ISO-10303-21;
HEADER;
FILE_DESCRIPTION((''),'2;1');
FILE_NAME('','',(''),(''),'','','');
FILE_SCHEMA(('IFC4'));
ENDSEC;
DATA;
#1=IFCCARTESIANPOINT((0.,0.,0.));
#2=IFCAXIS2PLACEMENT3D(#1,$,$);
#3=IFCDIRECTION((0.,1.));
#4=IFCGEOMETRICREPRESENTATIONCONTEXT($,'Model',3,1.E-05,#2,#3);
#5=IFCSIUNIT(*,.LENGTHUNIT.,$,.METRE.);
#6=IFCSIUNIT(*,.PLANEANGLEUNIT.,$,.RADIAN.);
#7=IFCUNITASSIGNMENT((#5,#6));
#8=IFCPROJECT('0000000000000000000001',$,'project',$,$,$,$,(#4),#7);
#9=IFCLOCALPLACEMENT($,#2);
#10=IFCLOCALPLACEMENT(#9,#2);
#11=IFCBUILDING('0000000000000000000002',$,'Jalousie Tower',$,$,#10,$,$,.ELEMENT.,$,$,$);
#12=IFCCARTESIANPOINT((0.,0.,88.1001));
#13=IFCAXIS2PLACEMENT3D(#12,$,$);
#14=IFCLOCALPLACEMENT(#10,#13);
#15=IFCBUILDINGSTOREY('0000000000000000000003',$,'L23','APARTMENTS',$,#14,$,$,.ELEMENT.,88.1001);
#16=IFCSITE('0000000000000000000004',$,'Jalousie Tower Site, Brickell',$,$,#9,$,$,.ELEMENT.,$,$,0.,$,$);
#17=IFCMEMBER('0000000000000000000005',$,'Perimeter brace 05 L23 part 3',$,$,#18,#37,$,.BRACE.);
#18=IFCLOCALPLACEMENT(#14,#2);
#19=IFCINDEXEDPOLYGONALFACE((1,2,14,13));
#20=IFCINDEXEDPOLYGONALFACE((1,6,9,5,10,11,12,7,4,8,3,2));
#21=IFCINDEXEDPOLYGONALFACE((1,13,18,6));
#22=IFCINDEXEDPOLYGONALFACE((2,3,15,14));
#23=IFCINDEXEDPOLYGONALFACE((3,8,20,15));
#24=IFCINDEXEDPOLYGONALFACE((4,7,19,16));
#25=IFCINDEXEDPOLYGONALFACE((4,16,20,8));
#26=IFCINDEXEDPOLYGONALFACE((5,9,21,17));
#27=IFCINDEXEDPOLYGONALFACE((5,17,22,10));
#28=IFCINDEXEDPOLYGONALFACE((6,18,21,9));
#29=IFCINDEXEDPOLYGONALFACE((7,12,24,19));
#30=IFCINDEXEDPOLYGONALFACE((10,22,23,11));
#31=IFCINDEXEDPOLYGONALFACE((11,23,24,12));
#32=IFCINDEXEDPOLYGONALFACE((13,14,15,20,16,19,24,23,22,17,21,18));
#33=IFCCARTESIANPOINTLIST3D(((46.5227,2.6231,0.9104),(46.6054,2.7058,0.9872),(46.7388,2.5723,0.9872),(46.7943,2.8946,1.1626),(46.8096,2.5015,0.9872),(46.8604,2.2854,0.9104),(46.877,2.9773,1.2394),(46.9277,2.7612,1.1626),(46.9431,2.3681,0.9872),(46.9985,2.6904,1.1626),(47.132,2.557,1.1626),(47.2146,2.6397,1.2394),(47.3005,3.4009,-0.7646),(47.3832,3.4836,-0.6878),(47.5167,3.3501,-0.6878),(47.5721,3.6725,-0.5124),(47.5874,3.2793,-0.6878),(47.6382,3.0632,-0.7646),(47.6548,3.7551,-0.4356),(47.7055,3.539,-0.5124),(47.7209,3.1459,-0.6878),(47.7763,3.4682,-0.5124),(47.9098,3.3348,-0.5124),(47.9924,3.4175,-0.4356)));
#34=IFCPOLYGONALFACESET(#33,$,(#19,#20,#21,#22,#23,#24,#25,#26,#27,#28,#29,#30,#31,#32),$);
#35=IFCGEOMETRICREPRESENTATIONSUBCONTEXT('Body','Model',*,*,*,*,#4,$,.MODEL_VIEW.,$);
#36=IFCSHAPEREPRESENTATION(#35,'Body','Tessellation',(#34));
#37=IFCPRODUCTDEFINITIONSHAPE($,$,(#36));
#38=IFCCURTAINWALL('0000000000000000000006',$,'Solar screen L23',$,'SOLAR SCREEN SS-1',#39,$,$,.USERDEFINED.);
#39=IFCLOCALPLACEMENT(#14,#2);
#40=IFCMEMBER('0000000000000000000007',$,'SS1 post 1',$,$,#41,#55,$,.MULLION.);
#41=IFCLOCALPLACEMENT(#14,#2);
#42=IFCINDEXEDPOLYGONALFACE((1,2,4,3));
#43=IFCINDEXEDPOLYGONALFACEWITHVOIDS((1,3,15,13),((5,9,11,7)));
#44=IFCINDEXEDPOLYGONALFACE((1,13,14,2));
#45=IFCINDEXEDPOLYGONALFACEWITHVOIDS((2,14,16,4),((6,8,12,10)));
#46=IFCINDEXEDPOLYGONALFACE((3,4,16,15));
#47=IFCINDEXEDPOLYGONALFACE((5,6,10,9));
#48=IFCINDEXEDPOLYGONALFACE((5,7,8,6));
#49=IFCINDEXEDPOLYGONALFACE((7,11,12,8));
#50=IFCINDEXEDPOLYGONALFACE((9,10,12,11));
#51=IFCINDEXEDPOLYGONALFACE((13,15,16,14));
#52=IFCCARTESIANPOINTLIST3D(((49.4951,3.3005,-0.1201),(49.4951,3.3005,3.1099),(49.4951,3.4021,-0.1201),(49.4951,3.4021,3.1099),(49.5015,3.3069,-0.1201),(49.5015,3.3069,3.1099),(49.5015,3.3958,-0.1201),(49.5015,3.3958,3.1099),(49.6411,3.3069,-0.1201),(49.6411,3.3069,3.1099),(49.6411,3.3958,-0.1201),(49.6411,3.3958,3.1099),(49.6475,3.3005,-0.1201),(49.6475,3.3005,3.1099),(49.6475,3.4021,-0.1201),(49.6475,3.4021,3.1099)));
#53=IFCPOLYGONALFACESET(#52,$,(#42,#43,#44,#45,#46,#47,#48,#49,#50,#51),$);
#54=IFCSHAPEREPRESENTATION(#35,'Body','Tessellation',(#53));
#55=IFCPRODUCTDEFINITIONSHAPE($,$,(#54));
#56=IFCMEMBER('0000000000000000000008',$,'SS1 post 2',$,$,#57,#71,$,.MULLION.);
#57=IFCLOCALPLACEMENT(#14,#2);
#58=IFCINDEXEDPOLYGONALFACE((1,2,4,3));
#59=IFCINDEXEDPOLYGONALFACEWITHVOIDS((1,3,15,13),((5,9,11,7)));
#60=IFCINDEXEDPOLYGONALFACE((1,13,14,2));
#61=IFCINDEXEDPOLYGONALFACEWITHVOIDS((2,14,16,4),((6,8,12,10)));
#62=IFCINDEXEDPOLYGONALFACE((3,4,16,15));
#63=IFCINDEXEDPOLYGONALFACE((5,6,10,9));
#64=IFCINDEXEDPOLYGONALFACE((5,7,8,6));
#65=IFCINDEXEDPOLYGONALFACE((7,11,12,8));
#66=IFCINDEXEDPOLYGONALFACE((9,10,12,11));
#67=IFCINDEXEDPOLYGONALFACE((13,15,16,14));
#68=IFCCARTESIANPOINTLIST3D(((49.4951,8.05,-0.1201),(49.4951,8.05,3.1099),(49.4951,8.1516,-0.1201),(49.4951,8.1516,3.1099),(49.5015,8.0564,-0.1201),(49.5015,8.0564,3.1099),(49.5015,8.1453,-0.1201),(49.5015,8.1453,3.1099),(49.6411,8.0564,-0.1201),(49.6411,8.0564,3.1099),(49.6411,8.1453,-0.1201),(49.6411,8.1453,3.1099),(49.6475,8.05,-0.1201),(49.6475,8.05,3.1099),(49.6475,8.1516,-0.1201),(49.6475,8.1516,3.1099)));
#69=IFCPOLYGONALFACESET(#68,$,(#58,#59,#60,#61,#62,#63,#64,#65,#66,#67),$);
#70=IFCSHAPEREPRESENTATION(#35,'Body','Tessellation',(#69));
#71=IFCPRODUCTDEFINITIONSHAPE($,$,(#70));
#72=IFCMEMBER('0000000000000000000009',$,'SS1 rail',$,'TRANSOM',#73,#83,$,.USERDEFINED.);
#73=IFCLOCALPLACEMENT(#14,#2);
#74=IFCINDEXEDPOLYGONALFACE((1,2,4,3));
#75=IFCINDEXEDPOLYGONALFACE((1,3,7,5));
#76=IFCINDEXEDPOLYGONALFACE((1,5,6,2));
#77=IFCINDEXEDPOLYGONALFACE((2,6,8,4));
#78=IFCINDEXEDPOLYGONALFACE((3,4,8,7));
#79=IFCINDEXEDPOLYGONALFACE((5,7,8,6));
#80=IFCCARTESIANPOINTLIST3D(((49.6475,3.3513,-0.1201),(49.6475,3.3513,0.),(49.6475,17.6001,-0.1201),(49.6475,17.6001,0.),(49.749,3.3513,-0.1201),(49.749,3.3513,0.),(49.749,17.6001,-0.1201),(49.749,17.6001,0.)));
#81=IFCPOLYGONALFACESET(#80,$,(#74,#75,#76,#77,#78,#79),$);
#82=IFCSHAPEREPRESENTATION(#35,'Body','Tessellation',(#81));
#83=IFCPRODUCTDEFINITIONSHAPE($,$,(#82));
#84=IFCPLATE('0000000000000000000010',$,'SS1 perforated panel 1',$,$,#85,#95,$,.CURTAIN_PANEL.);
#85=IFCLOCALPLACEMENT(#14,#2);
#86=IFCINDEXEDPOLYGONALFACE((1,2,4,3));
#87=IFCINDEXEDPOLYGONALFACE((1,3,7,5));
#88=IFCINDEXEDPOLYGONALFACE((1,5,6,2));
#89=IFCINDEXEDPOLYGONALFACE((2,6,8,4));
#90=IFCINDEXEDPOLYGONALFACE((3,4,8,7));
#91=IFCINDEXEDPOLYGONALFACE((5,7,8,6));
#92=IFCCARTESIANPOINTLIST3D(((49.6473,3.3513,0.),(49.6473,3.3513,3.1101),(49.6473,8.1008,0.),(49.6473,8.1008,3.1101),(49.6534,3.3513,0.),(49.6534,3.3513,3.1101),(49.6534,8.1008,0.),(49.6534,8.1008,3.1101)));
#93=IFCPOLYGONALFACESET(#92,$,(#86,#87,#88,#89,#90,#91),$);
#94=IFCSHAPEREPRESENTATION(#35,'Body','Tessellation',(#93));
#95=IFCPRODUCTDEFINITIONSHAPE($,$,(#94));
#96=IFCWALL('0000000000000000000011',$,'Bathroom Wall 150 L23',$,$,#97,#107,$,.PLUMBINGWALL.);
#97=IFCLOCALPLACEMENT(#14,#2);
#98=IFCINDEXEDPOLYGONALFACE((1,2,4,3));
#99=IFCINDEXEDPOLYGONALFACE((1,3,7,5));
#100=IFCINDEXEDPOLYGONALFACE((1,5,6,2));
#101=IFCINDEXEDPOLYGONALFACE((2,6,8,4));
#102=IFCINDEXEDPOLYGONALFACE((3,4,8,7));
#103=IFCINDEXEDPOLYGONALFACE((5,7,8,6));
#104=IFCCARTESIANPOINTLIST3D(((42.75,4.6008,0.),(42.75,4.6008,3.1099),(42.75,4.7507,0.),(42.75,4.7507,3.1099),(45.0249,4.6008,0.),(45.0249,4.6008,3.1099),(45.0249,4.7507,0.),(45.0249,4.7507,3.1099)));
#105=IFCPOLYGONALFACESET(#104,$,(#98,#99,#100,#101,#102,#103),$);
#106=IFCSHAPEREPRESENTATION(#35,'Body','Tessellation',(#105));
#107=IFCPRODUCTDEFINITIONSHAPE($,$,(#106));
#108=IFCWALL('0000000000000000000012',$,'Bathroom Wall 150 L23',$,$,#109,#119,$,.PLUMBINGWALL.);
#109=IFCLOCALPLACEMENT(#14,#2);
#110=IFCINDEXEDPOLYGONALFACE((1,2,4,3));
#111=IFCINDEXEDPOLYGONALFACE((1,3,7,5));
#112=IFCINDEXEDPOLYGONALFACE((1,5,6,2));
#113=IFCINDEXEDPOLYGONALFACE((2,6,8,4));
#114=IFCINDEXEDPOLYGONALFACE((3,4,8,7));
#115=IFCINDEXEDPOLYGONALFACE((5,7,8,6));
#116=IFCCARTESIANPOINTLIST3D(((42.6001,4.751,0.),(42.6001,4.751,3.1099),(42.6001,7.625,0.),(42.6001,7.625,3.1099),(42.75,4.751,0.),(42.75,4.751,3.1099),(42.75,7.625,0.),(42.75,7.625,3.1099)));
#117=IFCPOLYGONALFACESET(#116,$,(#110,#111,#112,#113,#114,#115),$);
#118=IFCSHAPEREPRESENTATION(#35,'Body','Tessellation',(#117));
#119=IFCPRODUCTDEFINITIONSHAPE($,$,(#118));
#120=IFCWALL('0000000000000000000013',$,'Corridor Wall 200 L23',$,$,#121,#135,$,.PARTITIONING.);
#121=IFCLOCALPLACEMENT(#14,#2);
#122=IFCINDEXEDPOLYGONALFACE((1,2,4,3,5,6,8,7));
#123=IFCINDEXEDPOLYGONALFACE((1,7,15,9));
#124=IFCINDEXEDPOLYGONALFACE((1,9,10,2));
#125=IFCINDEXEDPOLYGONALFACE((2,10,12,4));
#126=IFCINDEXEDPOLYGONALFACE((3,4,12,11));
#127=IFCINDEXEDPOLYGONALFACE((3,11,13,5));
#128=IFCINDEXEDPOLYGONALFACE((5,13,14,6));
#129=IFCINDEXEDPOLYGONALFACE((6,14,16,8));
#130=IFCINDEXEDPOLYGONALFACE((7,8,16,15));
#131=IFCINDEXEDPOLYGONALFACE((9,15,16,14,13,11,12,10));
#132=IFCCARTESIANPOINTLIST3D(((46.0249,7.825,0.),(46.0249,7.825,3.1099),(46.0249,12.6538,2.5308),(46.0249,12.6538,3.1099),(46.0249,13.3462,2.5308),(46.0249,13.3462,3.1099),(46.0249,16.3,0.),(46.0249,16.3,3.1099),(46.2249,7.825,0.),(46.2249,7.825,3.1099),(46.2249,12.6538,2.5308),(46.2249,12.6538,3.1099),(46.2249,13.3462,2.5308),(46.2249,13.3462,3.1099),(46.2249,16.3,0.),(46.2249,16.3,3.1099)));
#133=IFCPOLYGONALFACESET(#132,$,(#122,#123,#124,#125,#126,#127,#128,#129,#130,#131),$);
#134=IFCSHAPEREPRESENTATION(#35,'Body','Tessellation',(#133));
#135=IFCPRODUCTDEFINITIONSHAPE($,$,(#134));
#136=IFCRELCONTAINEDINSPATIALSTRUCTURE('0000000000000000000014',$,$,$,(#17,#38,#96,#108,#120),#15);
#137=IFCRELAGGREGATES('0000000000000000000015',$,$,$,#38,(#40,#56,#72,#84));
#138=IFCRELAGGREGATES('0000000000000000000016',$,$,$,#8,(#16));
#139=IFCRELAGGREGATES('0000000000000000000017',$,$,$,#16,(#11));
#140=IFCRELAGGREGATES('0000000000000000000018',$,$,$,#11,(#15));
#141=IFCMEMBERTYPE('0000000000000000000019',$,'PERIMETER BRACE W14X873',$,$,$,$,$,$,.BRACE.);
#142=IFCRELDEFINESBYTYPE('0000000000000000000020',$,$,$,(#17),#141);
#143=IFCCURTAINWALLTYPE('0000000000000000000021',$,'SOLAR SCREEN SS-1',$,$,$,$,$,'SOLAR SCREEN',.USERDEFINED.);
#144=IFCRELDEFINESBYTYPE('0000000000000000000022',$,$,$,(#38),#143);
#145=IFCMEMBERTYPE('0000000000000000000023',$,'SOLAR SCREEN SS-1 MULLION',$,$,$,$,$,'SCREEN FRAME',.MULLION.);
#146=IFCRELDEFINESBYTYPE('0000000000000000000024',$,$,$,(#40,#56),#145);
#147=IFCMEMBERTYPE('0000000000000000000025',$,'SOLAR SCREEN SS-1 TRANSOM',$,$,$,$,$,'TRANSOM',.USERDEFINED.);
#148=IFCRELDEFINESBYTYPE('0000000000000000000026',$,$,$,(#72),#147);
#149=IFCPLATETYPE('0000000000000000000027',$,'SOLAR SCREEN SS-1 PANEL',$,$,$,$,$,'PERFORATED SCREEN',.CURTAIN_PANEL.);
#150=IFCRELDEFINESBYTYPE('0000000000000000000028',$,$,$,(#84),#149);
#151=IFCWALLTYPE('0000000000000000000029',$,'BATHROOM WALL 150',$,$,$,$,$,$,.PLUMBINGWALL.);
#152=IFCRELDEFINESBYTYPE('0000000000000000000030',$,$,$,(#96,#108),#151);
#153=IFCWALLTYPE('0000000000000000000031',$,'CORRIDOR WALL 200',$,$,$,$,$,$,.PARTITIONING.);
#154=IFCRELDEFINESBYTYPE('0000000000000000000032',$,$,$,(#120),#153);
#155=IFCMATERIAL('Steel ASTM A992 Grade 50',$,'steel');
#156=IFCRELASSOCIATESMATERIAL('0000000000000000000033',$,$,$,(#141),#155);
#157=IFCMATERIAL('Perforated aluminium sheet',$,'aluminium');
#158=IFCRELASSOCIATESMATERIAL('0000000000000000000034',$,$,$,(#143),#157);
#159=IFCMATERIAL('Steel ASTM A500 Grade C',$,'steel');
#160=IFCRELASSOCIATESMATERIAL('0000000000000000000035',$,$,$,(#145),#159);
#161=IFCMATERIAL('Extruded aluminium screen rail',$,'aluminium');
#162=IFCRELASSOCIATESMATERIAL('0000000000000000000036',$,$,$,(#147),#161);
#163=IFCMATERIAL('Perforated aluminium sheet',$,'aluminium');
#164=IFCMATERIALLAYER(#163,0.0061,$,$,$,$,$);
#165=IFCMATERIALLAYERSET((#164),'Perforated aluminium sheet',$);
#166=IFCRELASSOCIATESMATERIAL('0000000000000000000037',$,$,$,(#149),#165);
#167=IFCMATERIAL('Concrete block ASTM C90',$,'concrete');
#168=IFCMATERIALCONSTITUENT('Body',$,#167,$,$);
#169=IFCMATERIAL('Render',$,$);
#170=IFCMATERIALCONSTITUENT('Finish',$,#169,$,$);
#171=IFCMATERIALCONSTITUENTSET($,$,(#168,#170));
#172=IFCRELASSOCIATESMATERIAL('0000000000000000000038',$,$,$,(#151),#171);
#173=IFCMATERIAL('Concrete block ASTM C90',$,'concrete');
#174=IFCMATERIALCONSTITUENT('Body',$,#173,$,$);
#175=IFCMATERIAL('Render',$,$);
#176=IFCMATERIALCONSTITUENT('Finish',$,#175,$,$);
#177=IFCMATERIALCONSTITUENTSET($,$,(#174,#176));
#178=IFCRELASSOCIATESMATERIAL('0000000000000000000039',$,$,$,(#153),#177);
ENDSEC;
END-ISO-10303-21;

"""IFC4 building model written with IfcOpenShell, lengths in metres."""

from ifc_helpers import new_model, si_unit, direction, frame, frame_2d, origin, origin_2d, place, context, subcontext, project, spatial, polyline, rectangle, hollow_rectangle, i_section, outline, extrude, material, layer, layer_set, constituent, constituent_set, material_profile, profile_set, type_object, element, aggregate, save


model = new_model("IFC4")

# Units and contexts
model_context = context("Model", 3, precision=1e-05, world=origin(), true_north=direction((0.0, 1.0)))
body_context = subcontext(model_context, "Body", "Model", "MODEL_VIEW")
ifc_project = project(units=[si_unit("LENGTHUNIT", "METRE"), si_unit("PLANEANGLEUNIT", "RADIAN")], contexts=[model_context])

# Site, building, storey
site_placement = place(None, origin())
site = spatial("IfcSite", under=ifc_project, at=site_placement, Name="Jalousie Tower Site, Brickell", CompositionType="ELEMENT", RefElevation=0.0)
building_placement = place(site_placement, origin())
building = spatial("IfcBuilding", under=site, at=building_placement, Name="Jalousie Tower", CompositionType="ELEMENT")
storey_placement = place(building_placement, frame((0.0, 0.0, 88.1001)))
storey = spatial("IfcBuildingStorey", under=building, at=storey_placement, Name="L23", Description="APARTMENTS", CompositionType="ELEMENT", Elevation=88.1001)

# Member
ifc_material_1 = material(Name="Steel ASTM A992 Grade 50", Category="steel")
ifc_material_profile_1 = material_profile(ifc_material_1, i_section(OverallWidth=0.4775, OverallDepth=0.5994, WebThickness=0.1001, FlangeThickness=0.1399, at=origin_2d()), Name="W14X873")
ifc_profile_set_1 = profile_set([ifc_material_profile_1], Name="Steel ASTM A992 Grade 50")
member_type_1 = type_object("IfcMemberType", Name="PERIMETER BRACE W14X873", PredefinedType="BRACE", material=ifc_profile_set_1)
member_1_placement = place(storey_placement, frame((47.6465, 3.4092, -0.6001), z_axis=(-0.388149, -0.388149, 0.835872), x_axis=(0.707107, -0.707107, 0.0)))
element("IfcMember", 1, at=member_1_placement, inside=storey, type_object=member_type_1, Name="Perimeter brace 05 L23 part 3", PredefinedType="BRACE", context=body_context, shape_type="SweptSolid", body=[
    extrude(i_section(OverallWidth=0.4775, OverallDepth=0.5994, WebThickness=0.1001, FlangeThickness=0.1399, at=origin_2d()), origin(), (0.0, 0.0, 1.0), 2.0039),
])

# Curtain wall, members, plate
ifc_material_2 = material(Name="Perforated aluminium sheet", Category="aluminium")
curtain_wall_type = type_object("IfcCurtainWallType", Name="SOLAR SCREEN SS-1", ElementType="SOLAR SCREEN", PredefinedType="USERDEFINED", material=ifc_material_2)
curtain_wall_placement = place(storey_placement, origin())
curtain_wall = element("IfcCurtainWall", 2, at=curtain_wall_placement, inside=storey, type_object=curtain_wall_type, Name="Solar screen L23", ObjectType="SOLAR SCREEN SS-1", PredefinedType="USERDEFINED")
ifc_material_3 = material(Name="Steel ASTM A500 Grade C", Category="steel")
ifc_material_profile_2 = material_profile(ifc_material_3, hollow_rectangle(XDim=0.1016, YDim=0.1523, WallThickness=0.0063, at=origin_2d()), Name="HSS6X4X1/4")
ifc_profile_set_2 = profile_set([ifc_material_profile_2], Name="Steel ASTM A500 Grade C")
member_type_2 = type_object("IfcMemberType", Name="SOLAR SCREEN SS-1 MULLION", ElementType="SCREEN FRAME", PredefinedType="MULLION", material=ifc_profile_set_2)
member_2_placement = place(storey_placement, frame((49.5713, 3.3513, -0.1201), z_axis=(0.0, 0.0, 1.0), x_axis=(0.0, 1.0, 0.0)))
member_2 = element("IfcMember", 3, at=member_2_placement, type_object=member_type_2, Name="SS1 post 1", PredefinedType="MULLION", context=body_context, shape_type="SweptSolid", body=[
    extrude(hollow_rectangle(XDim=0.1016, YDim=0.1523, WallThickness=0.0063, at=origin_2d()), origin(), (0.0, 0.0, 1.0), 3.23),
])
member_3_placement = place(storey_placement, frame((49.5713, 8.1008, -0.1201), z_axis=(0.0, 0.0, 1.0), x_axis=(0.0, 1.0, 0.0)))
member_3 = element("IfcMember", 4, at=member_3_placement, type_object=member_type_2, Name="SS1 post 2", PredefinedType="MULLION", context=body_context, shape_type="SweptSolid", body=[
    extrude(hollow_rectangle(XDim=0.1016, YDim=0.1523, WallThickness=0.0063, at=origin_2d()), origin(), (0.0, 0.0, 1.0), 3.23),
])
ifc_material_4 = material(Name="Extruded aluminium screen rail", Category="aluminium")
ifc_material_profile_3 = material_profile(ifc_material_4, rectangle(XDim=0.1016, YDim=0.1201, at=origin_2d()), Name="RAIL 102x120")
ifc_profile_set_3 = profile_set([ifc_material_profile_3], Name="Extruded aluminium screen rail")
member_type_3 = type_object("IfcMemberType", Name="SOLAR SCREEN SS-1 TRANSOM", ElementType="TRANSOM", PredefinedType="USERDEFINED", material=ifc_profile_set_3)
member_4_placement = place(storey_placement, frame((49.6982, 3.3513, -0.0601), z_axis=(0.0, 1.0, 0.0), x_axis=(-1.0, 0.0, 0.0)))
member_4 = element("IfcMember", 5, at=member_4_placement, type_object=member_type_3, Name="SS1 rail", ObjectType="TRANSOM", PredefinedType="USERDEFINED", context=body_context, shape_type="SweptSolid", body=[
    extrude(rectangle(XDim=0.1016, YDim=0.1201, at=origin_2d()), origin(), (0.0, 0.0, 1.0), 14.2488),
])
ifc_material_5 = material(Name="Perforated aluminium sheet", Category="aluminium")
ifc_layer = layer(ifc_material_5, 0.0061)
ifc_layer_set = layer_set([ifc_layer], Name="Perforated aluminium sheet")
plate_type = type_object("IfcPlateType", Name="SOLAR SCREEN SS-1 PANEL", ElementType="PERFORATED SCREEN", PredefinedType="CURTAIN_PANEL", material=ifc_layer_set)
plate_placement = place(storey_placement, frame((49.6504, 5.7261, 0.0), z_axis=(0.0, 0.0, 1.0), x_axis=(0.0, 1.0, 0.0)))
plate = element("IfcPlate", 6, at=plate_placement, type_object=plate_type, Name="SS1 perforated panel 1", PredefinedType="CURTAIN_PANEL", context=body_context, shape_type="SweptSolid", body=[
    extrude(rectangle(XDim=4.7495, YDim=0.0061, at=origin_2d()), origin(), (0.0, 0.0, 1.0), 3.1101),
])
aggregate(curtain_wall, [member_2, member_3, member_4, plate])

# Walls
ifc_material_6 = material(Name="Concrete block ASTM C90", Category="concrete")
ifc_constituent_1 = constituent(ifc_material_6, Name="Body")
ifc_material_7 = material(Name="Render")
ifc_constituent_2 = constituent(ifc_material_7, Name="Finish")
ifc_constituent_set_1 = constituent_set(constituents=[ifc_constituent_1, ifc_constituent_2])
wall_type_1 = type_object("IfcWallType", Name="BATHROOM WALL 150", PredefinedType="PLUMBINGWALL", material=ifc_constituent_set_1)
wall_1_placement = place(storey_placement, frame((42.75, 4.6758, 0.0), z_axis=(0.0, 0.0, 1.0), x_axis=(1.0, 0.0, 0.0)))
element("IfcWall", 7, at=wall_1_placement, inside=storey, type_object=wall_type_1, Name="Bathroom Wall 150 L23", PredefinedType="PLUMBINGWALL", context=body_context, shape_type="SweptSolid", body=[
    extrude(rectangle(XDim=2.2749, YDim=0.1499, at=frame_2d((1.1375, 0.0))), origin(), (0.0, 0.0, 1.0), 3.1099),
])
wall_2_placement = place(storey_placement, frame((42.675, 4.751, 0.0), z_axis=(0.0, 0.0, 1.0), x_axis=(0.0, 1.0, 0.0)))
element("IfcWall", 8, at=wall_2_placement, inside=storey, type_object=wall_type_1, Name="Bathroom Wall 150 L23", PredefinedType="PLUMBINGWALL", context=body_context, shape_type="SweptSolid", body=[
    extrude(rectangle(XDim=2.874, YDim=0.1499, at=frame_2d((1.437, 0.0))), origin(), (0.0, 0.0, 1.0), 3.1099),
])
ifc_material_8 = material(Name="Concrete block ASTM C90", Category="concrete")
ifc_constituent_3 = constituent(ifc_material_8, Name="Body")
ifc_material_9 = material(Name="Render")
ifc_constituent_4 = constituent(ifc_material_9, Name="Finish")
ifc_constituent_set_2 = constituent_set(constituents=[ifc_constituent_3, ifc_constituent_4])
wall_type_2 = type_object("IfcWallType", Name="CORRIDOR WALL 200", PredefinedType="PARTITIONING", material=ifc_constituent_set_2)
wall_3_placement = place(storey_placement, frame((46.125, 7.825, 0.0), z_axis=(0.0, 0.0, 1.0), x_axis=(0.0, 1.0, 0.0)))
element("IfcWall", 9, at=wall_3_placement, inside=storey, type_object=wall_type_2, Name="Corridor Wall 200 L23", PredefinedType="PARTITIONING", context=body_context, shape_type="SweptSolid", body=[
    extrude(outline(polyline([(0.0, 0.0), (8.4751, 0.0), (8.4751, 3.1099), (5.5212, 3.1099), (5.5212, 2.5308), (4.8289, 2.5308), (4.8289, 3.1099), (0.0, 3.1099), (0.0, 0.0)])), frame((0.0, 0.1001, 0.0), z_axis=(0.0, -1.0, 0.0), x_axis=(1.0, 0.0, 0.0)), (0.0, 0.0, 1.0), 0.2),
])

save(model, "model.ifc")
